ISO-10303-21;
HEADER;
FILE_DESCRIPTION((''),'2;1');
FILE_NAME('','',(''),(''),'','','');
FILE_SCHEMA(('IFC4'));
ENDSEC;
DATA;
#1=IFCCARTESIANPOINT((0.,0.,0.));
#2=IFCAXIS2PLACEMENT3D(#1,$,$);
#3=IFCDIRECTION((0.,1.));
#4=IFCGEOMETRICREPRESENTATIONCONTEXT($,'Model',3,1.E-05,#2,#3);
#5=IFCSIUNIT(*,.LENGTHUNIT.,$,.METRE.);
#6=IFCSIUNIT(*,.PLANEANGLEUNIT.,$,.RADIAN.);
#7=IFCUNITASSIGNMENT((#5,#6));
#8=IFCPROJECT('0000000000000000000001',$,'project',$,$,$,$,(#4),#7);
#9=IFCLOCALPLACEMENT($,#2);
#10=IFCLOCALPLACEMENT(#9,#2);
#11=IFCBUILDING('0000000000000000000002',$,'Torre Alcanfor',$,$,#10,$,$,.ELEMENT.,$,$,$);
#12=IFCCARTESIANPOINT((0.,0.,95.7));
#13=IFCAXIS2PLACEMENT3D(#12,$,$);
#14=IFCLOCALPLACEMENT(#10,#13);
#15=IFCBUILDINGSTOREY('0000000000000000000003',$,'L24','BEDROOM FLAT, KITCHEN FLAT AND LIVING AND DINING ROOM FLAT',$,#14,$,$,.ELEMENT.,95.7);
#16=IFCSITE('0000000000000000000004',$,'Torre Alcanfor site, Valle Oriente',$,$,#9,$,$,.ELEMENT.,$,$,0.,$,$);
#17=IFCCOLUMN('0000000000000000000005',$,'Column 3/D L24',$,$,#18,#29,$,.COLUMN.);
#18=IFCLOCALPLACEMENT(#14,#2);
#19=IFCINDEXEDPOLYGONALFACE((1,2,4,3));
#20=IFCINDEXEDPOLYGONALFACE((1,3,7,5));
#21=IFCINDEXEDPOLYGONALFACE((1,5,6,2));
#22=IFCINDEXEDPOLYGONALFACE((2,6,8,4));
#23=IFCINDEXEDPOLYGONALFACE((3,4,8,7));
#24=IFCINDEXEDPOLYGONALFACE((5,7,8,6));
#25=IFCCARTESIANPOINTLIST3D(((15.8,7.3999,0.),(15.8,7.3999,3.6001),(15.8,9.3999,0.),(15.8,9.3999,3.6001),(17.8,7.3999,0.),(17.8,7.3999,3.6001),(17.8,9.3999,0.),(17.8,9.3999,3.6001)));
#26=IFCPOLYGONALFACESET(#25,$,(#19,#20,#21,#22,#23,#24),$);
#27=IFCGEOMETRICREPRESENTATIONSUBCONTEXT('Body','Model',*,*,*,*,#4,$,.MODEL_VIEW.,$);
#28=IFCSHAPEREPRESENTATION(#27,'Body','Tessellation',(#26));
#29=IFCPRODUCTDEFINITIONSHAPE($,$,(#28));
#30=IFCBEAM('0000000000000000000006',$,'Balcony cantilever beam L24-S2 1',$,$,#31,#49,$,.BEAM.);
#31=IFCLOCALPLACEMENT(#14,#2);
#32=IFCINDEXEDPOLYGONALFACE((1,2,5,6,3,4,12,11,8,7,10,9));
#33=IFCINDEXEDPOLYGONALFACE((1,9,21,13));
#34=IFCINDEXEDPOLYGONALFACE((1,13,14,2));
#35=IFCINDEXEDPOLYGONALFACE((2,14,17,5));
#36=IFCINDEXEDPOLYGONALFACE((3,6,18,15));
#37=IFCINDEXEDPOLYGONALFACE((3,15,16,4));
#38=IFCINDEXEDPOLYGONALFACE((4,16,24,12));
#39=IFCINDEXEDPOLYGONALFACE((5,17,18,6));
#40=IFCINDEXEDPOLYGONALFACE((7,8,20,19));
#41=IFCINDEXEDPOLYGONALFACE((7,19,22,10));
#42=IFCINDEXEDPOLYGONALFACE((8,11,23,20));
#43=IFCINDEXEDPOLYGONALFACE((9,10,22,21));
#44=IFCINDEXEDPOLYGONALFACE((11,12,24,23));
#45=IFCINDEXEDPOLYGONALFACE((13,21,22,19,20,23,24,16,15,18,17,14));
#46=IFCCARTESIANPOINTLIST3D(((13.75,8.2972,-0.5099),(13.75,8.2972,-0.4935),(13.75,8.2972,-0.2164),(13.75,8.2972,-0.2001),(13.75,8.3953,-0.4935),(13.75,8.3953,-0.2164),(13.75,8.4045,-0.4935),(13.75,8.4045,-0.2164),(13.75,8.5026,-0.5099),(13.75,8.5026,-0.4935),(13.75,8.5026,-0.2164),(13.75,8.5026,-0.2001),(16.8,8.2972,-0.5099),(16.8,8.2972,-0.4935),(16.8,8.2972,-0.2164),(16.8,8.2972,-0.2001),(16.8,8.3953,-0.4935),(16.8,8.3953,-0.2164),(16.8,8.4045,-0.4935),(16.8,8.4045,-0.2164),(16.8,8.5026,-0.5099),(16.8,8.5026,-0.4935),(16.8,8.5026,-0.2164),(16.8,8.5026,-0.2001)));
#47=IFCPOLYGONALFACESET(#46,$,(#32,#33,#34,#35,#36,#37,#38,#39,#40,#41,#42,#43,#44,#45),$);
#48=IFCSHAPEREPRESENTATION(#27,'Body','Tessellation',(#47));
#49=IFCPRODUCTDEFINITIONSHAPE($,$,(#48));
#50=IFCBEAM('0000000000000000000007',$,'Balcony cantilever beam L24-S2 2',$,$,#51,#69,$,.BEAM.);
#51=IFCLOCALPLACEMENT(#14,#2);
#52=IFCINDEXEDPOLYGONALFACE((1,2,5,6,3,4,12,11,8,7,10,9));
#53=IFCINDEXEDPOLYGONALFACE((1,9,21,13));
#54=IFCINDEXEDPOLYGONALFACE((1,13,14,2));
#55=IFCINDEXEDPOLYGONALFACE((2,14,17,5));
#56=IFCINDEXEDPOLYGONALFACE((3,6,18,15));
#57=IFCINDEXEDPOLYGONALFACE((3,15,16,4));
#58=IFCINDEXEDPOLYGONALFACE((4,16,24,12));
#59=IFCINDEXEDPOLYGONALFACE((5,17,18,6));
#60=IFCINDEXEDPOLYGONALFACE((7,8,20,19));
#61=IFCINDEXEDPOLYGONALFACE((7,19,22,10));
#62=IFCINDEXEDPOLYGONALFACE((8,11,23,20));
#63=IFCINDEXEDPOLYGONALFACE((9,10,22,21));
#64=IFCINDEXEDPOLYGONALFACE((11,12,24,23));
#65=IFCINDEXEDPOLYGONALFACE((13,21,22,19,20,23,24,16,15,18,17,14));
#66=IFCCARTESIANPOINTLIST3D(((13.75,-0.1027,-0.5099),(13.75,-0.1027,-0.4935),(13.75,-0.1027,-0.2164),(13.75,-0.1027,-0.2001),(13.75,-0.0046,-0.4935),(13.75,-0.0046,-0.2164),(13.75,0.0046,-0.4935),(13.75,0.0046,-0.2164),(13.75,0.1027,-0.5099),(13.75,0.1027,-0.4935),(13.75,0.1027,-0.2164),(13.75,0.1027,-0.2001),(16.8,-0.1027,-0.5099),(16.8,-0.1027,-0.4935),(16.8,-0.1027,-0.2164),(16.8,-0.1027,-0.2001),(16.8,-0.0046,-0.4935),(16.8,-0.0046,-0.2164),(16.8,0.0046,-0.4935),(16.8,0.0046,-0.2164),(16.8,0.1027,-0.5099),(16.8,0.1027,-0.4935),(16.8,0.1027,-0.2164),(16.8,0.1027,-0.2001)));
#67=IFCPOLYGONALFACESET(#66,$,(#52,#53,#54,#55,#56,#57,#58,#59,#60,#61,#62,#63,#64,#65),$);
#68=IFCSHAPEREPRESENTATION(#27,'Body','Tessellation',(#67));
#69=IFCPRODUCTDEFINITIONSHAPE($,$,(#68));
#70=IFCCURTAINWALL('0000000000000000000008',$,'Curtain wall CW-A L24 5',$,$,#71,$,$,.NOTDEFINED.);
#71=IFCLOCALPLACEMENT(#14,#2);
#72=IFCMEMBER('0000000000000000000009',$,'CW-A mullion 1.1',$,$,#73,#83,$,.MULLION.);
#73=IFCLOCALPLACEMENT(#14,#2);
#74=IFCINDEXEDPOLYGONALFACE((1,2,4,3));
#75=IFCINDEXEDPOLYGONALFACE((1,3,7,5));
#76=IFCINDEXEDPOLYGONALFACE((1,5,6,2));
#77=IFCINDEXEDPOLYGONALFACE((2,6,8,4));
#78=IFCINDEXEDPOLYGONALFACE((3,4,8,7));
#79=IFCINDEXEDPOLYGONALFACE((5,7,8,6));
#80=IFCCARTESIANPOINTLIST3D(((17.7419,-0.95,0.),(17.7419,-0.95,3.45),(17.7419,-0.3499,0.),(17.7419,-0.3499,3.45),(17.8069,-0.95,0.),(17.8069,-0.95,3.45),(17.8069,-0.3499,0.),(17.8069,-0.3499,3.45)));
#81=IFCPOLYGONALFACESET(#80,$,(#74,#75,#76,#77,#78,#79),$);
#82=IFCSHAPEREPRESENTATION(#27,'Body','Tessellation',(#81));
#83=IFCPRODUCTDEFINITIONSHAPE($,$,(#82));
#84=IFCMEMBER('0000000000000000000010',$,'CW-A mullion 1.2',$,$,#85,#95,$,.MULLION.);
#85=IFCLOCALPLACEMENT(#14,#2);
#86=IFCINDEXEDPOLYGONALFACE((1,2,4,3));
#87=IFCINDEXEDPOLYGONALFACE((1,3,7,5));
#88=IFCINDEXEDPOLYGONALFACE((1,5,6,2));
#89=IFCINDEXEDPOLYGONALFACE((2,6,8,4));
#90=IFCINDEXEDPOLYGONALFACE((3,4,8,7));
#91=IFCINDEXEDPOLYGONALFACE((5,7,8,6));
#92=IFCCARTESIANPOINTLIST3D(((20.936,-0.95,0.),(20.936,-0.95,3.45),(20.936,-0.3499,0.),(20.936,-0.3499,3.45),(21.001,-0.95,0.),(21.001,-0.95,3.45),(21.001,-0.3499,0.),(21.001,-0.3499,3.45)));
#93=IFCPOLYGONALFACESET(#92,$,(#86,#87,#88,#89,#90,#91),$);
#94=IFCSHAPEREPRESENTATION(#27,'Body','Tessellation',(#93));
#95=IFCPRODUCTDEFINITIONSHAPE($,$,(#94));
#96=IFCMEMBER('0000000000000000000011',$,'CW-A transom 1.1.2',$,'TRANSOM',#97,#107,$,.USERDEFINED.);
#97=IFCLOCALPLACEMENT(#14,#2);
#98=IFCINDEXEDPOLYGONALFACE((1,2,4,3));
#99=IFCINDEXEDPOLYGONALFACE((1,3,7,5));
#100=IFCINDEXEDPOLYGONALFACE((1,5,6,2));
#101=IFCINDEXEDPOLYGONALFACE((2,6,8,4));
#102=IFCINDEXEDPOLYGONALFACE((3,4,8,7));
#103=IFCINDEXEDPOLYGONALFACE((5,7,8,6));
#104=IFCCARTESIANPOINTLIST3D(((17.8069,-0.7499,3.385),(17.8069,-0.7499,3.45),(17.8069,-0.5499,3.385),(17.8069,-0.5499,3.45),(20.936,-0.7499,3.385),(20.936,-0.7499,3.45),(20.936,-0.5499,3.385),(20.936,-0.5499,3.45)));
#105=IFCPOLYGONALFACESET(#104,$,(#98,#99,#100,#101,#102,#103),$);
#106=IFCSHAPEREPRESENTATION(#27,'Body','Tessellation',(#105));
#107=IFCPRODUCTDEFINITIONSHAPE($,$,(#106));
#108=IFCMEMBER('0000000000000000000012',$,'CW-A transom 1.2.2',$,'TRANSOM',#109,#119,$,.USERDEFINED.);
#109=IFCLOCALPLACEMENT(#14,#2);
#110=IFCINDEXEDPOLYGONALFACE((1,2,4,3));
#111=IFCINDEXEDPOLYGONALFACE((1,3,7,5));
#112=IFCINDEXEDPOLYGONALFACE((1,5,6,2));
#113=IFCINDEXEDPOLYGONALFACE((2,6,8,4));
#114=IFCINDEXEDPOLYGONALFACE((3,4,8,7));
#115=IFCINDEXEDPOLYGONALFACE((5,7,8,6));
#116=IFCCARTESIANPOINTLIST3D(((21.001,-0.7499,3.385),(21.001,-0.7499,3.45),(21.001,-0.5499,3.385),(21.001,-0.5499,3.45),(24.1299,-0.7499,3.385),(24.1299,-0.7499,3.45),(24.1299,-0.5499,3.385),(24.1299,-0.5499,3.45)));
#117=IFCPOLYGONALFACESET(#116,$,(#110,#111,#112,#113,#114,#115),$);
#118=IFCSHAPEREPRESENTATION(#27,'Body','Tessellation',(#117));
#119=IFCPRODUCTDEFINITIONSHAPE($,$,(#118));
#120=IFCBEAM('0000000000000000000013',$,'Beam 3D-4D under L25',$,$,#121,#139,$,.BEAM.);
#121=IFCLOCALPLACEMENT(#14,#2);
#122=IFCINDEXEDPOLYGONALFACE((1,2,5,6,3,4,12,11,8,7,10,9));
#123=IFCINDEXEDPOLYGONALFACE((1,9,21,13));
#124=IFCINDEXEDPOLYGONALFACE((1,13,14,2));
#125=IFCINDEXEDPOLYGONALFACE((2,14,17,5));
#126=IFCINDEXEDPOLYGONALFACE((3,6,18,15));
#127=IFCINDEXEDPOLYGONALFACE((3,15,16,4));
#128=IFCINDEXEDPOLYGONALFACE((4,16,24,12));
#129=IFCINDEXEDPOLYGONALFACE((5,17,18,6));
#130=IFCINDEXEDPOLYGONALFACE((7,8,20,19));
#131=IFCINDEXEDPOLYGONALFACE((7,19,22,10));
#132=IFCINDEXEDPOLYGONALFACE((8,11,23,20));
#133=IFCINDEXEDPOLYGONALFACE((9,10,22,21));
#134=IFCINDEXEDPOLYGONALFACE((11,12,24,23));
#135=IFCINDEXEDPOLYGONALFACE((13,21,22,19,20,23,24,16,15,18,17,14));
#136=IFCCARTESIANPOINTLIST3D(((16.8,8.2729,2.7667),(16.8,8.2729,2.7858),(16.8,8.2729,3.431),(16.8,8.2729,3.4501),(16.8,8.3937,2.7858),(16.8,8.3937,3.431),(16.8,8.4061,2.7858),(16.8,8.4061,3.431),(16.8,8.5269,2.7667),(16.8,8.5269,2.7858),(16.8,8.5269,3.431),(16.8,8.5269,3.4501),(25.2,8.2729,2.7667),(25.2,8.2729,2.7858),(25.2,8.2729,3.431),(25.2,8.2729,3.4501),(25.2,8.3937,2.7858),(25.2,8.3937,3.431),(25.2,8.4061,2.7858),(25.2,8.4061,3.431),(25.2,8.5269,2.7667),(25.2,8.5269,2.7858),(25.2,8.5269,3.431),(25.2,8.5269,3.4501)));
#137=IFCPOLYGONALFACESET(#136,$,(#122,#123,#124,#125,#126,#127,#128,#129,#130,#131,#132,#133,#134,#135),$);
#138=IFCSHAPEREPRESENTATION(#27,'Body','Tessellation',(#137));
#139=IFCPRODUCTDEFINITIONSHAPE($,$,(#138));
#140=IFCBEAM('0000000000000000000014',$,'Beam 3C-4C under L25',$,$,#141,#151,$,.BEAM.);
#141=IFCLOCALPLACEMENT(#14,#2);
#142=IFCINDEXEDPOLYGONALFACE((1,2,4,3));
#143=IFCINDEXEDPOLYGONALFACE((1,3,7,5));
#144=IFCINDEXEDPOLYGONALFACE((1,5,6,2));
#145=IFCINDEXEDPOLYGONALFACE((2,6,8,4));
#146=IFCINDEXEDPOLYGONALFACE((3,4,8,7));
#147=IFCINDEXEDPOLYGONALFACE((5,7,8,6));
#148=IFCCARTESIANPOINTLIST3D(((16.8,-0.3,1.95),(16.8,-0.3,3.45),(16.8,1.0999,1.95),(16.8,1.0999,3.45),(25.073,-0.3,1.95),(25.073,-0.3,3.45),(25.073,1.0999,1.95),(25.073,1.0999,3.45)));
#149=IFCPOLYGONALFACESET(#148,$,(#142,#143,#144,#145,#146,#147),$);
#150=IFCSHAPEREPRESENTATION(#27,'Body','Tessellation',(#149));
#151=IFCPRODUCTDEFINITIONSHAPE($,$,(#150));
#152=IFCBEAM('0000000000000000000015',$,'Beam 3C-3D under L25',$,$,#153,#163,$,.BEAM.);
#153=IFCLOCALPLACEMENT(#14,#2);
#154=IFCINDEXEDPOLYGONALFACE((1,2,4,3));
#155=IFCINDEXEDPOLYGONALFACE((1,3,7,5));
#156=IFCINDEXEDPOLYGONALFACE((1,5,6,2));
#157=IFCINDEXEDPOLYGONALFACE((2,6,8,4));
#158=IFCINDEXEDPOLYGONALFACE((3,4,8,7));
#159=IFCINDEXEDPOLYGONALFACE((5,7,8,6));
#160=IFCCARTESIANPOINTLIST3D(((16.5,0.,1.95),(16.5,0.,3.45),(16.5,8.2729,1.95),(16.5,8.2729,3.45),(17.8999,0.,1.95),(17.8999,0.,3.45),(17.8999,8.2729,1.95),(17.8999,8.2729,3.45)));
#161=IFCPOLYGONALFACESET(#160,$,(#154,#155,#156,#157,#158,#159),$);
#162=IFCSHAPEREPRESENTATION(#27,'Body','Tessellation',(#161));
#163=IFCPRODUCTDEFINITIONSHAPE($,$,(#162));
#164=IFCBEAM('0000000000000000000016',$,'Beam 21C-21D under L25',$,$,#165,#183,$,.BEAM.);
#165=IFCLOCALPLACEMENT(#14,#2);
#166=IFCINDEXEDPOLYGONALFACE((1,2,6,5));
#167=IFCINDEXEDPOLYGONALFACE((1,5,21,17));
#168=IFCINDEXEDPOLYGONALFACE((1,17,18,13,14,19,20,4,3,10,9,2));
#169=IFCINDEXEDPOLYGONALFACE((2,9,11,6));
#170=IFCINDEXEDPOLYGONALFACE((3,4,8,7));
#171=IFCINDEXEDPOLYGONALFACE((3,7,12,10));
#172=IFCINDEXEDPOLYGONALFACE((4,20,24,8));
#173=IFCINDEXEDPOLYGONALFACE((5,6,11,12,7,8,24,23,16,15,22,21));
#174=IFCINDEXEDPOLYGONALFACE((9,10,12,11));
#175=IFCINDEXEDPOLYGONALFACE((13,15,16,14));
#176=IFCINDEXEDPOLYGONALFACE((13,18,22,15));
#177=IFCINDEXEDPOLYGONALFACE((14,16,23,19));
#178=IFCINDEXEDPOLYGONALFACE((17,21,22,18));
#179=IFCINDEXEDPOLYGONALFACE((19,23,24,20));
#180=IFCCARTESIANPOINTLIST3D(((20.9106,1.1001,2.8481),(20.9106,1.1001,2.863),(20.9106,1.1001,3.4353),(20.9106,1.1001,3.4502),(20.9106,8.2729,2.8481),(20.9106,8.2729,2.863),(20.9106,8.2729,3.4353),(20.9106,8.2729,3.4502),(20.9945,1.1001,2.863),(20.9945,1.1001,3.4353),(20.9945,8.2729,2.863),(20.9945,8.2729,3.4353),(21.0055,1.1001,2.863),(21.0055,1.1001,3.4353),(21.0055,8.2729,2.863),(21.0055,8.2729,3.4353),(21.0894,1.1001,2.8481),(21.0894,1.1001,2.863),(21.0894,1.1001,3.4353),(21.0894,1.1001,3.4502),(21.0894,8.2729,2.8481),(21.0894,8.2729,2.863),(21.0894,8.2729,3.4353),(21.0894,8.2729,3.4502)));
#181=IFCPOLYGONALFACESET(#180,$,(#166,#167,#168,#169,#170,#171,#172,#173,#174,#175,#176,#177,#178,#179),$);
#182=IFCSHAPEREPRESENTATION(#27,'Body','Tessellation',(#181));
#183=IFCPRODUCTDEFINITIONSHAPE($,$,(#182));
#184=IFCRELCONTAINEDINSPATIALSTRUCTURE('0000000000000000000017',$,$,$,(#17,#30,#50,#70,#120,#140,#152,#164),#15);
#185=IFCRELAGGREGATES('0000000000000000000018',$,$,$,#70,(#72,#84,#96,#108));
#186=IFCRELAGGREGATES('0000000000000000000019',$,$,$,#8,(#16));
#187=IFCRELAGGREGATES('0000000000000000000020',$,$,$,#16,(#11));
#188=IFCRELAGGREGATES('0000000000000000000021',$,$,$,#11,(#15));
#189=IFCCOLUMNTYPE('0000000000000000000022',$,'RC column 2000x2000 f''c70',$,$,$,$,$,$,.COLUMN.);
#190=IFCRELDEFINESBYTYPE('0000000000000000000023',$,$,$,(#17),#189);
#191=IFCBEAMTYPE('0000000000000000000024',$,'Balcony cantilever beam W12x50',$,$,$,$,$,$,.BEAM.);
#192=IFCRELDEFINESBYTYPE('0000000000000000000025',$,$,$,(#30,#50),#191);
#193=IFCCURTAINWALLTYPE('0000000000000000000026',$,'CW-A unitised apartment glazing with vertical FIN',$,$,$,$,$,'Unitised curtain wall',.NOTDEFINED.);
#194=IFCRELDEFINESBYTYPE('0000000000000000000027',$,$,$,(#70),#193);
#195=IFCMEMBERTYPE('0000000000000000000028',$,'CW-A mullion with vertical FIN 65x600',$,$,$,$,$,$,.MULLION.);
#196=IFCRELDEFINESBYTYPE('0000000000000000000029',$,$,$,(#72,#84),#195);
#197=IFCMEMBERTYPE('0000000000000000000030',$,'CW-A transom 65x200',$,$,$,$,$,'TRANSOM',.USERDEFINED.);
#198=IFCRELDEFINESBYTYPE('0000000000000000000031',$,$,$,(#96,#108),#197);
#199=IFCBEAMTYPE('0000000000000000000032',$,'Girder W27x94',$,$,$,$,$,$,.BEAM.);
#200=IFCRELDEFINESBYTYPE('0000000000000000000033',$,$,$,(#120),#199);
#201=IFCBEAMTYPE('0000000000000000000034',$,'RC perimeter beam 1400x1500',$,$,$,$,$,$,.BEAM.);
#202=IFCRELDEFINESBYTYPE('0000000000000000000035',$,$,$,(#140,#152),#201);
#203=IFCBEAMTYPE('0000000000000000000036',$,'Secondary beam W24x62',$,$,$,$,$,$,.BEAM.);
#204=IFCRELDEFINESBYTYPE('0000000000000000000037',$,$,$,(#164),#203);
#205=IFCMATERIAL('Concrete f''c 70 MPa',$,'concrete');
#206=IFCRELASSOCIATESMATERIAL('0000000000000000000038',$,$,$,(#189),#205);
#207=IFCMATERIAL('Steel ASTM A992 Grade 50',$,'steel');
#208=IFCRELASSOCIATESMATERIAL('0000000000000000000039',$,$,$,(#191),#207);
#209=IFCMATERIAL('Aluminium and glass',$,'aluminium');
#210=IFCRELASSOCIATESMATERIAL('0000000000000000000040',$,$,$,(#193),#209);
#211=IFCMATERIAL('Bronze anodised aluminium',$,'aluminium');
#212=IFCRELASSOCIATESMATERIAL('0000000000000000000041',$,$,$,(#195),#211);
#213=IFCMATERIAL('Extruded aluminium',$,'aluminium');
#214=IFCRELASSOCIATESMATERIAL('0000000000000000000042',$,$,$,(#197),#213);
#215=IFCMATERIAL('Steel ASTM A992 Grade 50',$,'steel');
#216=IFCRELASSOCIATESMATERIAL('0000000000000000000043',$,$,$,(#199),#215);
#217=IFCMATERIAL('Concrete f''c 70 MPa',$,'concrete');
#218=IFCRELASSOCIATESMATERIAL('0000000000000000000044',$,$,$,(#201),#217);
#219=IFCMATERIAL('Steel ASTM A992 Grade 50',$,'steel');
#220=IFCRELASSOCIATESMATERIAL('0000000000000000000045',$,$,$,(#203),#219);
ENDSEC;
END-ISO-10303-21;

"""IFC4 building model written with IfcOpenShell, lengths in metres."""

from ifc_helpers import new_model, si_unit, direction, frame, origin, origin_2d, place, context, subcontext, project, spatial, rectangle, i_section, extrude, material, material_profile, profile_set, type_object, element, aggregate, save


model = new_model("IFC4")

# Units and contexts
model_context = context("Model", 3, precision=1e-05, world=origin(), true_north=direction((0.0, 1.0)))
body_context = subcontext(model_context, "Body", "Model", "MODEL_VIEW")
ifc_project = project(units=[si_unit("LENGTHUNIT", "METRE"), si_unit("PLANEANGLEUNIT", "RADIAN")], contexts=[model_context])

# Site, building, storey
site_placement = place(None, origin())
site = spatial("IfcSite", under=ifc_project, at=site_placement, Name="Torre Alcanfor site, Valle Oriente", CompositionType="ELEMENT", RefElevation=0.0)
building_placement = place(site_placement, origin())
building = spatial("IfcBuilding", under=site, at=building_placement, Name="Torre Alcanfor", CompositionType="ELEMENT")
storey_placement = place(building_placement, frame((0.0, 0.0, 95.7)))
storey = spatial("IfcBuildingStorey", under=building, at=storey_placement, Name="L24", Description="BEDROOM FLAT, KITCHEN FLAT AND LIVING AND DINING ROOM FLAT", CompositionType="ELEMENT", Elevation=95.7)

# Column
ifc_material_1 = material(Name="Concrete f'c 70 MPa", Category="concrete")
ifc_material_profile_1 = material_profile(ifc_material_1, rectangle(XDim=2.0, YDim=2.0, at=origin_2d()), Name="2000x2000")
ifc_profile_set_1 = profile_set([ifc_material_profile_1], Name="Concrete f'c 70 MPa")
column_type = type_object("IfcColumnType", Name="RC column 2000x2000 f'c70", PredefinedType="COLUMN", material=ifc_profile_set_1)
column_placement = place(storey_placement, frame((16.8, 8.3999, 0.0), z_axis=(0.0, 0.0, 1.0), x_axis=(1.0, 0.0, 0.0)))
element("IfcColumn", 1, at=column_placement, inside=storey, type_object=column_type, Name="Column 3/D L24", PredefinedType="COLUMN", context=body_context, shape_type="SweptSolid", body=[
    extrude(rectangle(XDim=2.0, YDim=2.0, at=origin_2d()), origin(), (0.0, 0.0, 1.0), 3.6001),
])

# Beams
ifc_material_2 = material(Name="Steel ASTM A992 Grade 50", Category="steel")
ifc_material_profile_2 = material_profile(ifc_material_2, i_section(OverallWidth=0.2053, OverallDepth=0.3098, WebThickness=0.0093, FlangeThickness=0.0164, at=origin_2d()), Name="W12x50")
ifc_profile_set_2 = profile_set([ifc_material_profile_2], Name="Steel ASTM A992 Grade 50")
beam_type_1 = type_object("IfcBeamType", Name="Balcony cantilever beam W12x50", PredefinedType="BEAM", material=ifc_profile_set_2)
for number, where, z_axis, x_axis, name in (
    (2, (16.8, 8.3999, -0.355), (-1.0, 0.0, 0.0), (0.0, -1.0, 0.0), "Balcony cantilever beam L24-S2 1"),
    (3, (16.8, 0.0, -0.355), (-1.0, 0.0, 0.0), (0.0, -1.0, 0.0), "Balcony cantilever beam L24-S2 2"),
):
    element("IfcBeam", number, at=place(storey_placement, frame(where, z_axis=z_axis, x_axis=x_axis)), inside=storey, type_object=beam_type_1, Name=name, PredefinedType="BEAM", context=body_context, shape_type="SweptSolid", body=[
        extrude(i_section(OverallWidth=0.2053, OverallDepth=0.3098, WebThickness=0.0093, FlangeThickness=0.0164, at=origin_2d()), origin(), (0.0, 0.0, 1.0), 3.05),
    ])

# Curtain wall, members
ifc_material_3 = material(Name="Aluminium and glass", Category="aluminium")
curtain_wall_type = type_object("IfcCurtainWallType", Name="CW-A unitised apartment glazing with vertical FIN", ElementType="Unitised curtain wall", PredefinedType="NOTDEFINED", material=ifc_material_3)
curtain_wall_placement = place(storey_placement, origin())
curtain_wall = element("IfcCurtainWall", 4, at=curtain_wall_placement, inside=storey, type_object=curtain_wall_type, Name="Curtain wall CW-A L24 5", PredefinedType="NOTDEFINED")
ifc_material_4 = material(Name="Bronze anodised aluminium", Category="aluminium")
ifc_material_profile_3 = material_profile(ifc_material_4, rectangle(XDim=0.6001, YDim=0.0649, at=origin_2d()), Name="CW-A mullion 65x600")
ifc_profile_set_3 = profile_set([ifc_material_profile_3], Name="Bronze anodised aluminium")
member_type_1 = type_object("IfcMemberType", Name="CW-A mullion with vertical FIN 65x600", PredefinedType="MULLION", material=ifc_profile_set_3)
member_1_placement = place(storey_placement, frame((17.7744, -0.6499, 0.0), z_axis=(0.0, 0.0, 1.0), x_axis=(0.0, 1.0, 0.0)))
member_1 = element("IfcMember", 5, at=member_1_placement, type_object=member_type_1, Name="CW-A mullion 1.1", PredefinedType="MULLION", context=body_context, shape_type="SweptSolid", body=[
    extrude(rectangle(XDim=0.6001, YDim=0.0649, at=origin_2d()), origin(), (0.0, 0.0, 1.0), 3.45),
])
member_2_placement = place(storey_placement, frame((20.9685, -0.6499, 0.0), z_axis=(0.0, 0.0, 1.0), x_axis=(0.0, 1.0, 0.0)))
member_2 = element("IfcMember", 6, at=member_2_placement, type_object=member_type_1, Name="CW-A mullion 1.2", PredefinedType="MULLION", context=body_context, shape_type="SweptSolid", body=[
    extrude(rectangle(XDim=0.6001, YDim=0.0649, at=origin_2d()), origin(), (0.0, 0.0, 1.0), 3.45),
])
ifc_material_5 = material(Name="Extruded aluminium", Category="aluminium")
ifc_material_profile_4 = material_profile(ifc_material_5, rectangle(XDim=0.2, YDim=0.0649, at=origin_2d()), Name="CW-A transom 200x65")
ifc_profile_set_4 = profile_set([ifc_material_profile_4], Name="Extruded aluminium")
member_type_2 = type_object("IfcMemberType", Name="CW-A transom 65x200", ElementType="TRANSOM", PredefinedType="USERDEFINED", material=ifc_profile_set_4)
member_3_placement = place(storey_placement, frame((17.8069, -0.6499, 3.4175), z_axis=(1.0, 0.0, 0.0), x_axis=(0.0, 1.0, 0.0)))
member_3 = element("IfcMember", 7, at=member_3_placement, type_object=member_type_2, Name="CW-A transom 1.1.2", ObjectType="TRANSOM", PredefinedType="USERDEFINED", context=body_context, shape_type="SweptSolid", body=[
    extrude(rectangle(XDim=0.2, YDim=0.0649, at=origin_2d()), origin(), (0.0, 0.0, 1.0), 3.1292),
])
member_4_placement = place(storey_placement, frame((21.001, -0.6499, 3.4175), z_axis=(1.0, 0.0, 0.0), x_axis=(0.0, 1.0, 0.0)))
member_4 = element("IfcMember", 8, at=member_4_placement, type_object=member_type_2, Name="CW-A transom 1.2.2", ObjectType="TRANSOM", PredefinedType="USERDEFINED", context=body_context, shape_type="SweptSolid", body=[
    extrude(rectangle(XDim=0.2, YDim=0.0649, at=origin_2d()), origin(), (0.0, 0.0, 1.0), 3.1289),
])

# Beams
ifc_material_6 = material(Name="Steel ASTM A992 Grade 50", Category="steel")
ifc_material_profile_5 = material_profile(ifc_material_6, i_section(OverallWidth=0.2539, OverallDepth=0.6833, WebThickness=0.0125, FlangeThickness=0.019, at=origin_2d()), Name="W27x94")
ifc_profile_set_5 = profile_set([ifc_material_profile_5], Name="Steel ASTM A992 Grade 50")
beam_type_2 = type_object("IfcBeamType", Name="Girder W27x94", PredefinedType="BEAM", material=ifc_profile_set_5)
beam_1_placement = place(storey_placement, frame((16.8, 8.3999, 3.1084), z_axis=(1.0, 0.0, 0.0), x_axis=(0.0, 1.0, 0.0)))
element("IfcBeam", 9, at=beam_1_placement, inside=storey, type_object=beam_type_2, Name="Beam 3D-4D under L25", PredefinedType="BEAM", context=body_context, shape_type="SweptSolid", body=[
    extrude(i_section(OverallWidth=0.2539, OverallDepth=0.6833, WebThickness=0.0125, FlangeThickness=0.019, at=origin_2d()), origin(), (0.0, 0.0, 1.0), 8.3999),
])
ifc_material_7 = material(Name="Concrete f'c 70 MPa", Category="concrete")
ifc_material_profile_6 = material_profile(ifc_material_7, rectangle(XDim=1.3999, YDim=1.5, at=origin_2d()), Name="1400x1500")
ifc_profile_set_6 = profile_set([ifc_material_profile_6], Name="Concrete f'c 70 MPa")
beam_type_3 = type_object("IfcBeamType", Name="RC perimeter beam 1400x1500", PredefinedType="BEAM", material=ifc_profile_set_6)
for number, where, z_axis, x_axis, name in (
    (10, (16.8, 0.3999, 2.7), (1.0, 0.0, 0.0), (0.0, 1.0, 0.0), "Beam 3C-4C under L25"),
    (11, (17.2, 0.0, 2.7), (0.0, 1.0, 0.0), (-1.0, 0.0, 0.0), "Beam 3C-3D under L25"),
):
    element("IfcBeam", number, at=place(storey_placement, frame(where, z_axis=z_axis, x_axis=x_axis)), inside=storey, type_object=beam_type_3, Name=name, PredefinedType="BEAM", context=body_context, shape_type="SweptSolid", body=[
        extrude(rectangle(XDim=1.3999, YDim=1.5, at=origin_2d()), origin(), (0.0, 0.0, 1.0), 8.2729),
    ])
ifc_material_8 = material(Name="Steel ASTM A992 Grade 50", Category="steel")
ifc_material_profile_7 = material_profile(ifc_material_8, i_section(OverallWidth=0.1787, OverallDepth=0.6021, WebThickness=0.011, FlangeThickness=0.0149, at=origin_2d()), Name="W24x62")
ifc_profile_set_7 = profile_set([ifc_material_profile_7], Name="Steel ASTM A992 Grade 50")
beam_type_4 = type_object("IfcBeamType", Name="Secondary beam W24x62", PredefinedType="BEAM", material=ifc_profile_set_7)
beam_2_placement = place(storey_placement, frame((21.0, 1.1001, 3.1492), z_axis=(0.0, 1.0, 0.0), x_axis=(-1.0, 0.0, 0.0)))
element("IfcBeam", 12, at=beam_2_placement, inside=storey, type_object=beam_type_4, Name="Beam 21C-21D under L25", PredefinedType="BEAM", context=body_context, shape_type="SweptSolid", body=[
    extrude(i_section(OverallWidth=0.1787, OverallDepth=0.6021, WebThickness=0.011, FlangeThickness=0.0149, at=origin_2d()), origin(), (0.0, 0.0, 1.0), 7.1729),
])

aggregate(curtain_wall, [member_1, member_2, member_3, member_4])

save(model, "model.ifc")
